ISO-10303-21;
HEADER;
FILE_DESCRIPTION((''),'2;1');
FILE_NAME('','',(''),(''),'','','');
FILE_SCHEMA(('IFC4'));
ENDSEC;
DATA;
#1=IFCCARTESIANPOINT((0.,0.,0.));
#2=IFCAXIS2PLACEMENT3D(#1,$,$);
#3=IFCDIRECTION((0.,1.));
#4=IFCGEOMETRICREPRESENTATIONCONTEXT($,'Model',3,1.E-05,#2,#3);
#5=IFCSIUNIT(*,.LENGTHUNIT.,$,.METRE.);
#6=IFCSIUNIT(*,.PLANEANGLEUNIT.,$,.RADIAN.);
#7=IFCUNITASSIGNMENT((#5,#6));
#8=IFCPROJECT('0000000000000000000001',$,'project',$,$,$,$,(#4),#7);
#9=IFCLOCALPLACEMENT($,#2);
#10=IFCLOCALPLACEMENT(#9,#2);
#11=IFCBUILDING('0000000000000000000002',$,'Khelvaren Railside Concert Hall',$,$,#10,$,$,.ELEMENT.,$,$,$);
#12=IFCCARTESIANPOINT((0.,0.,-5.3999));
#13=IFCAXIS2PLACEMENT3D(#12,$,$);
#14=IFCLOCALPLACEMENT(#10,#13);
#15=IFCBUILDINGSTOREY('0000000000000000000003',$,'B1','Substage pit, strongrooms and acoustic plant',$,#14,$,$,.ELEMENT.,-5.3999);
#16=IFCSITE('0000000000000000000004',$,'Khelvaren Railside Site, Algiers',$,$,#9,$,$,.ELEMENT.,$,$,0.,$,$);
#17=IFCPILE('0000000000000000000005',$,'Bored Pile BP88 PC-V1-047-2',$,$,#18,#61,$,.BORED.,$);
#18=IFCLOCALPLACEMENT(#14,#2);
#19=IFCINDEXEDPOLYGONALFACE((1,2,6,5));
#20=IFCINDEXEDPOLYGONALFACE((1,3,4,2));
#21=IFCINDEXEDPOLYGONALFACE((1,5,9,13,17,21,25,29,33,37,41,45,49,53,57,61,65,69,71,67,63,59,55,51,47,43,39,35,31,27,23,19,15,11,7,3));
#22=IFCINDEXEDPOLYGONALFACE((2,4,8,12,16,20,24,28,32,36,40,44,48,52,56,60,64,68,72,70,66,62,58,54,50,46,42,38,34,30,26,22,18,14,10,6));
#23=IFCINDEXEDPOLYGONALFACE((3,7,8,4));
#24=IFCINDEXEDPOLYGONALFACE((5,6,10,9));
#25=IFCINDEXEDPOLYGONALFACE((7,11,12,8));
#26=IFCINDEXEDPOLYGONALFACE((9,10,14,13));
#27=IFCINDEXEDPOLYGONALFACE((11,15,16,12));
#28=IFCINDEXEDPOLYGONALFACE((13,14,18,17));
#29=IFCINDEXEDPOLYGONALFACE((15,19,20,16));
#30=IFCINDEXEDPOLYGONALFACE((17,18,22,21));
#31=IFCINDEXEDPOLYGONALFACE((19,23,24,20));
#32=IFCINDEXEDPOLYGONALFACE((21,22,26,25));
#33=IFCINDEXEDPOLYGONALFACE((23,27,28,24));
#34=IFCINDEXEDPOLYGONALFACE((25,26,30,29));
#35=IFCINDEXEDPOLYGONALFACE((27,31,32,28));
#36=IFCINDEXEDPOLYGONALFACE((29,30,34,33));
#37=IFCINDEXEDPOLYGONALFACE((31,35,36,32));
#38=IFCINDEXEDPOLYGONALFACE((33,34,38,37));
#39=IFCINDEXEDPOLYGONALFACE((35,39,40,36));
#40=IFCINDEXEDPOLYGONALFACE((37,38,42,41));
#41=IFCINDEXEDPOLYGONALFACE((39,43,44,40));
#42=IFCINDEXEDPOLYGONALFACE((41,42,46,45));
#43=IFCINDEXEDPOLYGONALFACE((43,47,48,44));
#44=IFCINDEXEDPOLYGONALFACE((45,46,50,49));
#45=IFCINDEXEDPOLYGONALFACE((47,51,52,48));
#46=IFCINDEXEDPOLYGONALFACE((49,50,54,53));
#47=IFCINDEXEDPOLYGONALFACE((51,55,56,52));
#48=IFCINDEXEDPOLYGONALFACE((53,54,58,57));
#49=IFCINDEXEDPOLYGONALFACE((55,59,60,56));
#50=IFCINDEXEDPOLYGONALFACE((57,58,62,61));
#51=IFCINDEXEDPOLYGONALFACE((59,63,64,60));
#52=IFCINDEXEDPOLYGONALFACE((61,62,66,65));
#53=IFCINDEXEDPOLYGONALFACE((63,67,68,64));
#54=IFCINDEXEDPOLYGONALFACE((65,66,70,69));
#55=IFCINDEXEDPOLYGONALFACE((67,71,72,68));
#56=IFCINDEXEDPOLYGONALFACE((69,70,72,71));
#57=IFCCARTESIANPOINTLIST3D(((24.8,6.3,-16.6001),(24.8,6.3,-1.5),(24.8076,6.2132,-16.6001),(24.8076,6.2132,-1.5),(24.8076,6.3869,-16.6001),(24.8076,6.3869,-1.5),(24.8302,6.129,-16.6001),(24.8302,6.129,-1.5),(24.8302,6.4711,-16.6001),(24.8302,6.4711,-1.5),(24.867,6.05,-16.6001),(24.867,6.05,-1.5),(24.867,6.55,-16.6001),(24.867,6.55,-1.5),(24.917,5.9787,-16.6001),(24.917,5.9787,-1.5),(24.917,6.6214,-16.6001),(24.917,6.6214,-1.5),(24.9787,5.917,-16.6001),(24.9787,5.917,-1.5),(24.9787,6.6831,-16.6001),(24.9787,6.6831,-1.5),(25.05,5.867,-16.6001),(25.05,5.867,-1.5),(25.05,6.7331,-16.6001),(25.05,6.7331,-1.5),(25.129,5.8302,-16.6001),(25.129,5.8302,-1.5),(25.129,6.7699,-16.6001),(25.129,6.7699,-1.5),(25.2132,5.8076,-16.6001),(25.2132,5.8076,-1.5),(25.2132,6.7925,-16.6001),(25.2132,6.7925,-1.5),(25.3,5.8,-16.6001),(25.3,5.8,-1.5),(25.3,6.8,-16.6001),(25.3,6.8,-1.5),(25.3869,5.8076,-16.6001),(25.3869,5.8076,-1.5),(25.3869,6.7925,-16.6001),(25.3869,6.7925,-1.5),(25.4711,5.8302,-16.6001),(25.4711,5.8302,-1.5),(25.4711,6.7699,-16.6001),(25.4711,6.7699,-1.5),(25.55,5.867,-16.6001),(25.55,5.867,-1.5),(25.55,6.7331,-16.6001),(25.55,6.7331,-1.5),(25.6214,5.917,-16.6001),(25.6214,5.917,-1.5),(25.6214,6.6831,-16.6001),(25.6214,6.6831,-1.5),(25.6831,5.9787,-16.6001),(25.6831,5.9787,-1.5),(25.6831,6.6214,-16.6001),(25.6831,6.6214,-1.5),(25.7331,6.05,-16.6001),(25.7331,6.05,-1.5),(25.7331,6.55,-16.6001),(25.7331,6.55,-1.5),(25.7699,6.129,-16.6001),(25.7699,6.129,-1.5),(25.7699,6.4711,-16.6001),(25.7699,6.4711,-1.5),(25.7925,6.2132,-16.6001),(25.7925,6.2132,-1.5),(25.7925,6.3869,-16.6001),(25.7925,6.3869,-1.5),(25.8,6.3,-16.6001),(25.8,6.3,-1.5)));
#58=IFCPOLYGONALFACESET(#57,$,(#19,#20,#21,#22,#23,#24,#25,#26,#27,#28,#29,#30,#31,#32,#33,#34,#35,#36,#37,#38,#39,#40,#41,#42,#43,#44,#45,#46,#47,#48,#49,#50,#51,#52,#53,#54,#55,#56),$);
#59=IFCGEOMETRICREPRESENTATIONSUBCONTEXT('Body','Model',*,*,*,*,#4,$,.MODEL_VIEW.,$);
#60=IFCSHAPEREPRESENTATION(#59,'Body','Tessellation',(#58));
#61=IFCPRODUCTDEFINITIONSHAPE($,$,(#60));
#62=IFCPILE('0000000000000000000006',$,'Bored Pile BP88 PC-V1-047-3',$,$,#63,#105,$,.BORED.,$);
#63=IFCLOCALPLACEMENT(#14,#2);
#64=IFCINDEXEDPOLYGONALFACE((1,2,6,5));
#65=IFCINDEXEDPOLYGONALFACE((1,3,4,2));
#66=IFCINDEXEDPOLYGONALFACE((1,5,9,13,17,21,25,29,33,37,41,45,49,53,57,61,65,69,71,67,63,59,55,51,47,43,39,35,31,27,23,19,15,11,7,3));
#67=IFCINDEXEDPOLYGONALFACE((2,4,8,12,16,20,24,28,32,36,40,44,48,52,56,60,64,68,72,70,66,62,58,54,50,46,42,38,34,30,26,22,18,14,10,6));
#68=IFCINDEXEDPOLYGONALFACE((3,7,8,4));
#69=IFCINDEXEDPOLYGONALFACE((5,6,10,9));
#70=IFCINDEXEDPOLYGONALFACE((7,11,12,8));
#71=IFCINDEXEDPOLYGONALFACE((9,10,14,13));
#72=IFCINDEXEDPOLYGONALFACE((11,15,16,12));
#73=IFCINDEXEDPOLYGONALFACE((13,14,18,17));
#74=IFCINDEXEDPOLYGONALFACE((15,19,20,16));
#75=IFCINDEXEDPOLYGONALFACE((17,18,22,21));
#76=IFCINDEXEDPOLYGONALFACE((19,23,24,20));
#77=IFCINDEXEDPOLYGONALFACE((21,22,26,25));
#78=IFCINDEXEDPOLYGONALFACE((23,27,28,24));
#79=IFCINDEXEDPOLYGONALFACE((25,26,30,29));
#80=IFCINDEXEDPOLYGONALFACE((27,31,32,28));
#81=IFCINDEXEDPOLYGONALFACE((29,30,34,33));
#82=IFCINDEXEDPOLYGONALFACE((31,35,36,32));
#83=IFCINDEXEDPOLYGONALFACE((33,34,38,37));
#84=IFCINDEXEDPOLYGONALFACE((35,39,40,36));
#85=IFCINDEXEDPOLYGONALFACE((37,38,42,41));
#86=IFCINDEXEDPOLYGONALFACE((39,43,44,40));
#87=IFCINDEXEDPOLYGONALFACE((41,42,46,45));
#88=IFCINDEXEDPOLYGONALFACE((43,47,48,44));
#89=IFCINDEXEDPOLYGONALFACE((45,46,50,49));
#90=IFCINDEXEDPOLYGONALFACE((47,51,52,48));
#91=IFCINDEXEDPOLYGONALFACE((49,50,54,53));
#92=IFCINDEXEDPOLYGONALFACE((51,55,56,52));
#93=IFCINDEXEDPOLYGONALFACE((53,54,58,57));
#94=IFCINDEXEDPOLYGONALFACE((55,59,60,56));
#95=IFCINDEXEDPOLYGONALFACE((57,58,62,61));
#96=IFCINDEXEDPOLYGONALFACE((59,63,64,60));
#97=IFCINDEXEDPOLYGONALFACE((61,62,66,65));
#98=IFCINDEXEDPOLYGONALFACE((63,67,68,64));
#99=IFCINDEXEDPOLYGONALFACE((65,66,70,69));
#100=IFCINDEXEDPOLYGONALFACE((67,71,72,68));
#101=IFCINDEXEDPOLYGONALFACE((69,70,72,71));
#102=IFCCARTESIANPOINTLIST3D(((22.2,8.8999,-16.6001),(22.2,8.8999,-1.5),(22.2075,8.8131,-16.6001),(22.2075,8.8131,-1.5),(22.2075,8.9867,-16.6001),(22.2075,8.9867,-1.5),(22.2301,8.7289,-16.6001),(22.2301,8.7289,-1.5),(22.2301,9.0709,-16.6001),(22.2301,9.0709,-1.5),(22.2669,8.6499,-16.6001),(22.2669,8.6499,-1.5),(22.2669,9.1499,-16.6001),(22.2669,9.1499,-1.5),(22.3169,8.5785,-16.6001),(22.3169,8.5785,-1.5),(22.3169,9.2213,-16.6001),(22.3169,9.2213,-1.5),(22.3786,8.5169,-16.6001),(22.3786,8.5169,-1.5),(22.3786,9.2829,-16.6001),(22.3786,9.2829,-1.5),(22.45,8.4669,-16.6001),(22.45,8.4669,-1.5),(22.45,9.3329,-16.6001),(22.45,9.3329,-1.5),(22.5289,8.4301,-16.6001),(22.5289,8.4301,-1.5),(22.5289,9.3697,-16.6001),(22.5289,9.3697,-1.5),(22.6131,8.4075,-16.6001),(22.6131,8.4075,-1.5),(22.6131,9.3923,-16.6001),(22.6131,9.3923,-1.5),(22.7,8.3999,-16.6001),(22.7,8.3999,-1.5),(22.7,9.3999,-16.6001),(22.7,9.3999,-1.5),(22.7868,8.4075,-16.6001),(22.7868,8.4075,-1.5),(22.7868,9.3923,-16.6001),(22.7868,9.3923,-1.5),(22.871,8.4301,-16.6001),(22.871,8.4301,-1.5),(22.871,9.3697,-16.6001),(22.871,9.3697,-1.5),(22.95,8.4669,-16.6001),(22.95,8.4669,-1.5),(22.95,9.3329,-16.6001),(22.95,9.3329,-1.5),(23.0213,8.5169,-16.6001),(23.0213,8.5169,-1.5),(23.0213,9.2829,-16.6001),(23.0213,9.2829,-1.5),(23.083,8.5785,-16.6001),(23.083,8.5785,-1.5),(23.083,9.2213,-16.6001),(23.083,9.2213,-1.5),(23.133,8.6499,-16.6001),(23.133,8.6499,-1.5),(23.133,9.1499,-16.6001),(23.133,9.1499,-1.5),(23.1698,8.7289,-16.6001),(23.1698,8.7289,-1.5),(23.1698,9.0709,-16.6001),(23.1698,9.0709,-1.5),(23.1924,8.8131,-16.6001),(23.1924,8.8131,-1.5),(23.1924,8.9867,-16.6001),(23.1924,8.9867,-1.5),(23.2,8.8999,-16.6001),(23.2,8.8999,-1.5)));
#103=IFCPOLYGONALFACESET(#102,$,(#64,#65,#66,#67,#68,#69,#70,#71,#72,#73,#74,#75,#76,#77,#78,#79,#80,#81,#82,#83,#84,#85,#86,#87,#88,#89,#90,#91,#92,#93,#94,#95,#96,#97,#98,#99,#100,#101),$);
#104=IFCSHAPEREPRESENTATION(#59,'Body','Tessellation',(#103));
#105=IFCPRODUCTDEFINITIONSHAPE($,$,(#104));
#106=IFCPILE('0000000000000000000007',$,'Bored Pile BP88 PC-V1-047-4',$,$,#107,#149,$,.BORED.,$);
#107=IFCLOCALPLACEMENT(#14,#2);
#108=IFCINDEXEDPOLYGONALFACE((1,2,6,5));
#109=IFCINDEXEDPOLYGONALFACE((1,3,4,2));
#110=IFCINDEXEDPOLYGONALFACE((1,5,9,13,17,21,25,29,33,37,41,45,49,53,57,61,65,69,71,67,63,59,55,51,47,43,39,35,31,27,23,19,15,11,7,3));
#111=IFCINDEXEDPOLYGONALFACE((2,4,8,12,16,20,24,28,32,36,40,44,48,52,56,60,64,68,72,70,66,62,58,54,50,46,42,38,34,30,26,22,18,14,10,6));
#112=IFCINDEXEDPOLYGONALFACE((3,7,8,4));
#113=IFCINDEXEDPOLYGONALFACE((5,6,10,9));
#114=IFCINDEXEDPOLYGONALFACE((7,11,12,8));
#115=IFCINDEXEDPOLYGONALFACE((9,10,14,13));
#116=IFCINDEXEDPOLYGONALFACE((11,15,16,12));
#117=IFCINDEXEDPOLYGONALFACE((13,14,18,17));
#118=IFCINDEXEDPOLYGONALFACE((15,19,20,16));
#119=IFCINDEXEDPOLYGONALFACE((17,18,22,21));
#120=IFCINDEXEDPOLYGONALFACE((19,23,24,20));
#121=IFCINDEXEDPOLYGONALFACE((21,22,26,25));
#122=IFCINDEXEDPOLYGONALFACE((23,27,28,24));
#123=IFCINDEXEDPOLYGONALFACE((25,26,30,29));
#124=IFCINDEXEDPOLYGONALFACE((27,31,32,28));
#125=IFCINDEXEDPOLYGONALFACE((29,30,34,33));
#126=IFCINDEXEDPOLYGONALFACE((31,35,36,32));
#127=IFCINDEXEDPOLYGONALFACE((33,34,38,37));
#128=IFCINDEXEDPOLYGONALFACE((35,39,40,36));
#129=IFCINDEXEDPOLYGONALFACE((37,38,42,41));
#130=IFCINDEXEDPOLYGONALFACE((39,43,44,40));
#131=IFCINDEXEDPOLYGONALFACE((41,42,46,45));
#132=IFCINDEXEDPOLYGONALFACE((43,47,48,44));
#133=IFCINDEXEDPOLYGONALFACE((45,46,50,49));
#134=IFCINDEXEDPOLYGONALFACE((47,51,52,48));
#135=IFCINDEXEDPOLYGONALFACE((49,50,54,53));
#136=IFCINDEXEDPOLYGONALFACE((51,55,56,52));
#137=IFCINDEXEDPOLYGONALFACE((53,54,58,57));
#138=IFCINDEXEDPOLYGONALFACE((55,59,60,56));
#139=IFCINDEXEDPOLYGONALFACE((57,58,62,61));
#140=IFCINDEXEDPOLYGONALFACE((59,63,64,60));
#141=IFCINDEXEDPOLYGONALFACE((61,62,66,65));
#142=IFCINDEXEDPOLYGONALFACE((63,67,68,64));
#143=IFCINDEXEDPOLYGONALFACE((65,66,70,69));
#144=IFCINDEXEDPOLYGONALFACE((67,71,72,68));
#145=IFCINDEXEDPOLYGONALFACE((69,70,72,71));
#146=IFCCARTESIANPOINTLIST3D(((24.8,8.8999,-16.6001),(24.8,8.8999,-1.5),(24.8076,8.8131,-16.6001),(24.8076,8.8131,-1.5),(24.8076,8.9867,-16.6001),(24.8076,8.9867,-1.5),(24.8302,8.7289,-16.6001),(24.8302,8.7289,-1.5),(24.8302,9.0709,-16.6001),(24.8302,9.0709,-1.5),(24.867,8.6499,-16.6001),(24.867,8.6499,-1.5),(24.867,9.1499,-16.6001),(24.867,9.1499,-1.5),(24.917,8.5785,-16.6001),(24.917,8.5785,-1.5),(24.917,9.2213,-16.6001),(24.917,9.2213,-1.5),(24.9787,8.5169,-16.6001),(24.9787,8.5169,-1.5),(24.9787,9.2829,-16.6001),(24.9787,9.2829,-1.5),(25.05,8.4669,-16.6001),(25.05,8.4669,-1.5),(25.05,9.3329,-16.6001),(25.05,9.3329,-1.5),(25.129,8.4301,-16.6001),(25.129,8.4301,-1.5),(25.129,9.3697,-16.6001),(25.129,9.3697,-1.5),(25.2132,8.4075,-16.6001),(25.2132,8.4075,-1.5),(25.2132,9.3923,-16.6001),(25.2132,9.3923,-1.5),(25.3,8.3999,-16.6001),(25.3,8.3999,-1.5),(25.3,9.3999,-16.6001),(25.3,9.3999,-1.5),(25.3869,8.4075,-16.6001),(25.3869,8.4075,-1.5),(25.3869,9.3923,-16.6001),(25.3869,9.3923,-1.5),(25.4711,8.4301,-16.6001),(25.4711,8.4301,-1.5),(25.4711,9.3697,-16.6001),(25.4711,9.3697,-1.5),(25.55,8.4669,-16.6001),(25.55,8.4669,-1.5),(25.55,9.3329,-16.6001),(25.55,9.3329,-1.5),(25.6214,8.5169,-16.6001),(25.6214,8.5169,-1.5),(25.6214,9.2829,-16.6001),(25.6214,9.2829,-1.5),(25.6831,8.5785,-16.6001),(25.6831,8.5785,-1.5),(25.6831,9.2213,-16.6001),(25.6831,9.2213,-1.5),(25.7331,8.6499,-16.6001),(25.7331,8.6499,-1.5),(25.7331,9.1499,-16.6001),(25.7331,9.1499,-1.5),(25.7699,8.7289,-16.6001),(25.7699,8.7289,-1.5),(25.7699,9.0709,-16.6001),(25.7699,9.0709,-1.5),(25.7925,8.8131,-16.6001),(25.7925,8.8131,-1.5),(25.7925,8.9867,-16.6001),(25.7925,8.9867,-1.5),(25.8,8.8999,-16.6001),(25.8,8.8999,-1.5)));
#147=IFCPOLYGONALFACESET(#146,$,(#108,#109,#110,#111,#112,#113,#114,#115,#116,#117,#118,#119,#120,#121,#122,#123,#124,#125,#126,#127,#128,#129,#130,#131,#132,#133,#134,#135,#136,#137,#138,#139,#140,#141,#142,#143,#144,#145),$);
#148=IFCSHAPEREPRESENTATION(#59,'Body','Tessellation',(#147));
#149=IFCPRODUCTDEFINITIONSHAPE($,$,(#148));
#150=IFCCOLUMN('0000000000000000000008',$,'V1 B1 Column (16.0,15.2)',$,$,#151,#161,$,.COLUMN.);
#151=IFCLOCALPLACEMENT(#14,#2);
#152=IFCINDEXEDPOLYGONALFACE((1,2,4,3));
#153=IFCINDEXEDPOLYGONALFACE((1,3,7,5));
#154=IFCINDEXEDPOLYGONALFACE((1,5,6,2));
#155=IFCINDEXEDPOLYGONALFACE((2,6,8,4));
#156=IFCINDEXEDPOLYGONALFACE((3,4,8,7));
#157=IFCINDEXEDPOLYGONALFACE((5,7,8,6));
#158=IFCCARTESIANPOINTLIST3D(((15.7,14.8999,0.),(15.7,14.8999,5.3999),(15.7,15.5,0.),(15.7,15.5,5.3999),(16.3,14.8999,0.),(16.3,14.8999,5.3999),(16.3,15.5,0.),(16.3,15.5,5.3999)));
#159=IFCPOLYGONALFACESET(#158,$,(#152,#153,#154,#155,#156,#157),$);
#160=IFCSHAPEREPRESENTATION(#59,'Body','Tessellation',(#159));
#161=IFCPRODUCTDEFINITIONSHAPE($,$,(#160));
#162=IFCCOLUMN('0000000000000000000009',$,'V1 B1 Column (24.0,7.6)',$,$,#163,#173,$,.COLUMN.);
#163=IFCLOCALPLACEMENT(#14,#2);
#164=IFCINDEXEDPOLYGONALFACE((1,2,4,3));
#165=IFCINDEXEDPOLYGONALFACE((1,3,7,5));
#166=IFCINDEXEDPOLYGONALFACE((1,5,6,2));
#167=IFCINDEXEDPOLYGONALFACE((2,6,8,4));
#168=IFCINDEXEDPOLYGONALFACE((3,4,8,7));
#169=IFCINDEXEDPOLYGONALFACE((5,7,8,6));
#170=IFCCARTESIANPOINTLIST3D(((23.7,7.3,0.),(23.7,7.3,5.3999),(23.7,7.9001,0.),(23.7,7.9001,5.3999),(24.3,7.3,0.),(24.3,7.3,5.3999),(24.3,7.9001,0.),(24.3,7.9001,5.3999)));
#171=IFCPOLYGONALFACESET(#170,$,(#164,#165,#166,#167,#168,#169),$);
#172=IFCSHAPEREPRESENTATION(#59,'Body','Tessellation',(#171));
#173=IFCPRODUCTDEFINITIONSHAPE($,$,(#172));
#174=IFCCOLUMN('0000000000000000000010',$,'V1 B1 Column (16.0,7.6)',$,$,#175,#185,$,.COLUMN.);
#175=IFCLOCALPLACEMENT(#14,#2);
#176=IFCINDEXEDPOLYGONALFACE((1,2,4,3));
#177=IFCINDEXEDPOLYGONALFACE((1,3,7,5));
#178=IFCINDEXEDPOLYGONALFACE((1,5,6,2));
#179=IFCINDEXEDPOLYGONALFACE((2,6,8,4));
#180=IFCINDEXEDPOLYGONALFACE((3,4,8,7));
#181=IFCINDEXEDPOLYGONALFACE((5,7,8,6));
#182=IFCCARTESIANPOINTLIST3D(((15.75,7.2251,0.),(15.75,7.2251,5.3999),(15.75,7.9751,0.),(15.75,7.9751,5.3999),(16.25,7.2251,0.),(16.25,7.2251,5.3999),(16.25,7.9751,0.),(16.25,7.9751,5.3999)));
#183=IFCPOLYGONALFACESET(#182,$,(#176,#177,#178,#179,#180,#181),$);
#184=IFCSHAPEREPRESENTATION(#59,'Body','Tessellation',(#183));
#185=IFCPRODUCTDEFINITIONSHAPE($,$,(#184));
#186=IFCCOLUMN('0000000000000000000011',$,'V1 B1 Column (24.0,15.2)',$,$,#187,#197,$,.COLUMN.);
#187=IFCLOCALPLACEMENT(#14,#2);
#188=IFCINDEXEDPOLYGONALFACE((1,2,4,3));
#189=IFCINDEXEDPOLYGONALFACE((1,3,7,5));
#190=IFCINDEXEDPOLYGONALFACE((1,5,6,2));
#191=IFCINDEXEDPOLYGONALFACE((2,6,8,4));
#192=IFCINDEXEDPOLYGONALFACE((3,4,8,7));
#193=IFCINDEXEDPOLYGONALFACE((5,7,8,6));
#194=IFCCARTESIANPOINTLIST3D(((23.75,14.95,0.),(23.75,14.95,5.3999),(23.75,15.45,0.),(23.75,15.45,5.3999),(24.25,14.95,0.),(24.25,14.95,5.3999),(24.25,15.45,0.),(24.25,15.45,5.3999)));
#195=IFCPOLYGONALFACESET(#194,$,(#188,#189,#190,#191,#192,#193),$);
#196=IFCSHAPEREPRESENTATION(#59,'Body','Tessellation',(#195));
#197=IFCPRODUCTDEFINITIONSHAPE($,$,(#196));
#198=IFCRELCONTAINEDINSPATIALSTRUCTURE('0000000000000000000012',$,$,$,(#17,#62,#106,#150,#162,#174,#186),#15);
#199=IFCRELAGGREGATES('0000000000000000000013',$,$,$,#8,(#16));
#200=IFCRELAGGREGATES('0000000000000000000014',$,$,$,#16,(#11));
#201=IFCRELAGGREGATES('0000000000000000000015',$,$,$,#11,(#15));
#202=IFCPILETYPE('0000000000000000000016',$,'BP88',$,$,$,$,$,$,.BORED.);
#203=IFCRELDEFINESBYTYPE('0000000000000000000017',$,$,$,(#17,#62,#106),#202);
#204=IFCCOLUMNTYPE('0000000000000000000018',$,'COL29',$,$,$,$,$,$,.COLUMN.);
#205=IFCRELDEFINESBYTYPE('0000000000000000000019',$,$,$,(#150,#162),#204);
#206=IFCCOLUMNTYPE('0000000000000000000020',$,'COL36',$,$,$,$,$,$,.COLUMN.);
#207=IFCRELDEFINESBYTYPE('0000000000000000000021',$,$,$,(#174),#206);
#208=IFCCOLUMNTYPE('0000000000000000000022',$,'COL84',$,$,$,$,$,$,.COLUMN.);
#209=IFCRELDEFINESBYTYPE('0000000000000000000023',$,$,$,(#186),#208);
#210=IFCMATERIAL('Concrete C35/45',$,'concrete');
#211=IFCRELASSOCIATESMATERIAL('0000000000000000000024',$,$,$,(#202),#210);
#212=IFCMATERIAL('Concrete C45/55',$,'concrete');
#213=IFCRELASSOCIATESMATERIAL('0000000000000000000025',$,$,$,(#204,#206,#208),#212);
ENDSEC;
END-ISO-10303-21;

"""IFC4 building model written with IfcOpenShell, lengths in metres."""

from ifc_helpers import new_model, si_unit, direction, frame, origin, origin_2d, place, context, subcontext, project, spatial, rectangle, circle, extrude, material, material_profile, profile_set, type_object, element, save


model = new_model("IFC4")

# Units and contexts
model_context = context("Model", 3, precision=1e-05, world=origin(), true_north=direction((0.0, 1.0)))
body_context = subcontext(model_context, "Body", "Model", "MODEL_VIEW")
ifc_project = project(units=[si_unit("LENGTHUNIT", "METRE"), si_unit("PLANEANGLEUNIT", "RADIAN")], contexts=[model_context])

# Site, building, storey
site_placement = place(None, origin())
site = spatial("IfcSite", under=ifc_project, at=site_placement, Name="Khelvaren Railside Site, Algiers", CompositionType="ELEMENT", RefElevation=0.0)
building_placement = place(site_placement, origin())
building = spatial("IfcBuilding", under=site, at=building_placement, Name="Khelvaren Railside Concert Hall", CompositionType="ELEMENT")
storey_placement = place(building_placement, frame((0.0, 0.0, -5.3999)))
storey = spatial("IfcBuildingStorey", under=building, at=storey_placement, Name="B1", Description="Substage pit, strongrooms and acoustic plant", CompositionType="ELEMENT", Elevation=-5.3999)

# Piles
ifc_material_1 = material(Name="Concrete C35/45", Category="concrete")
ifc_material_profile_1 = material_profile(ifc_material_1, circle(Radius=0.5, at=origin_2d()), Name="BP D1000")
ifc_profile_set_1 = profile_set([ifc_material_profile_1], Name="Concrete C35/45")
pile_type_1 = type_object("IfcPileType", Name="BP88", PredefinedType="BORED", material=ifc_profile_set_1)
for number, where, z_axis, x_axis, name in (
    (1, (25.3, 6.3, -1.5), (0.0, 0.0, -1.0), (1.0, 0.0, 0.0), "Bored Pile BP88 PC-V1-047-2"),
    (2, (22.7, 8.8999, -1.5), (0.0, 0.0, -1.0), (1.0, 0.0, 0.0), "Bored Pile BP88 PC-V1-047-3"),
    (3, (25.3, 8.8999, -1.5), (0.0, 0.0, -1.0), (1.0, 0.0, 0.0), "Bored Pile BP88 PC-V1-047-4"),
):
    element("IfcPile", number, at=place(storey_placement, frame(where, z_axis=z_axis, x_axis=x_axis)), inside=storey, type_object=pile_type_1, Name=name, PredefinedType="BORED", context=body_context, shape_type="SweptSolid", body=[
        extrude(circle(Radius=0.5, at=origin_2d()), origin(), (0.0, 0.0, 1.0), 15.1001),
    ])

# Columns
ifc_material_2 = material(Name="Concrete C45/55", Category="concrete")
ifc_material_profile_2 = material_profile(ifc_material_2, rectangle(XDim=0.6001, YDim=0.6001, at=origin_2d()), Name="RC 600x600")
ifc_profile_set_2 = profile_set([ifc_material_profile_2], Name="Concrete C45/55")
column_type_1 = type_object("IfcColumnType", Name="COL29", PredefinedType="COLUMN", material=ifc_profile_set_2)
for number, where, z_axis, x_axis, name in (
    (4, (16.0, 15.2, 0.0), (0.0, 0.0, 1.0), (1.0, 0.0, 0.0), "V1 B1 Column (16.0,15.2)"),
    (5, (24.0, 7.6001, 0.0), (0.0, 0.0, 1.0), (1.0, 0.0, 0.0), "V1 B1 Column (24.0,7.6)"),
):
    element("IfcColumn", number, at=place(storey_placement, frame(where, z_axis=z_axis, x_axis=x_axis)), inside=storey, type_object=column_type_1, Name=name, PredefinedType="COLUMN", context=body_context, shape_type="SweptSolid", body=[
        extrude(rectangle(XDim=0.6001, YDim=0.6001, at=origin_2d()), origin(), (0.0, 0.0, 1.0), 5.3999),
    ])
ifc_material_profile_3 = material_profile(ifc_material_2, rectangle(XDim=0.5, YDim=0.75, at=origin_2d()), Name="RC 500x750")
ifc_profile_set_3 = profile_set([ifc_material_profile_3], Name="Concrete C45/55")
column_type_2 = type_object("IfcColumnType", Name="COL36", PredefinedType="COLUMN", material=ifc_profile_set_3)
column_1_placement = place(storey_placement, frame((16.0, 7.6001, 0.0), z_axis=(0.0, 0.0, 1.0), x_axis=(1.0, 0.0, 0.0)))
element("IfcColumn", 6, at=column_1_placement, inside=storey, type_object=column_type_2, Name="V1 B1 Column (16.0,7.6)", PredefinedType="COLUMN", context=body_context, shape_type="SweptSolid", body=[
    extrude(rectangle(XDim=0.5, YDim=0.75, at=origin_2d()), origin(), (0.0, 0.0, 1.0), 5.3999),
])
ifc_material_profile_4 = material_profile(ifc_material_2, rectangle(XDim=0.5, YDim=0.5, at=origin_2d()), Name="RC 500x500")
ifc_profile_set_4 = profile_set([ifc_material_profile_4], Name="Concrete C45/55")
column_type_3 = type_object("IfcColumnType", Name="COL84", PredefinedType="COLUMN", material=ifc_profile_set_4)
column_2_placement = place(storey_placement, frame((24.0, 15.2, 0.0), z_axis=(0.0, 0.0, 1.0), x_axis=(1.0, 0.0, 0.0)))
element("IfcColumn", 7, at=column_2_placement, inside=storey, type_object=column_type_3, Name="V1 B1 Column (24.0,15.2)", PredefinedType="COLUMN", context=body_context, shape_type="SweptSolid", body=[
    extrude(rectangle(XDim=0.5, YDim=0.5, at=origin_2d()), origin(), (0.0, 0.0, 1.0), 5.3999),
])

save(model, "model.ifc")
